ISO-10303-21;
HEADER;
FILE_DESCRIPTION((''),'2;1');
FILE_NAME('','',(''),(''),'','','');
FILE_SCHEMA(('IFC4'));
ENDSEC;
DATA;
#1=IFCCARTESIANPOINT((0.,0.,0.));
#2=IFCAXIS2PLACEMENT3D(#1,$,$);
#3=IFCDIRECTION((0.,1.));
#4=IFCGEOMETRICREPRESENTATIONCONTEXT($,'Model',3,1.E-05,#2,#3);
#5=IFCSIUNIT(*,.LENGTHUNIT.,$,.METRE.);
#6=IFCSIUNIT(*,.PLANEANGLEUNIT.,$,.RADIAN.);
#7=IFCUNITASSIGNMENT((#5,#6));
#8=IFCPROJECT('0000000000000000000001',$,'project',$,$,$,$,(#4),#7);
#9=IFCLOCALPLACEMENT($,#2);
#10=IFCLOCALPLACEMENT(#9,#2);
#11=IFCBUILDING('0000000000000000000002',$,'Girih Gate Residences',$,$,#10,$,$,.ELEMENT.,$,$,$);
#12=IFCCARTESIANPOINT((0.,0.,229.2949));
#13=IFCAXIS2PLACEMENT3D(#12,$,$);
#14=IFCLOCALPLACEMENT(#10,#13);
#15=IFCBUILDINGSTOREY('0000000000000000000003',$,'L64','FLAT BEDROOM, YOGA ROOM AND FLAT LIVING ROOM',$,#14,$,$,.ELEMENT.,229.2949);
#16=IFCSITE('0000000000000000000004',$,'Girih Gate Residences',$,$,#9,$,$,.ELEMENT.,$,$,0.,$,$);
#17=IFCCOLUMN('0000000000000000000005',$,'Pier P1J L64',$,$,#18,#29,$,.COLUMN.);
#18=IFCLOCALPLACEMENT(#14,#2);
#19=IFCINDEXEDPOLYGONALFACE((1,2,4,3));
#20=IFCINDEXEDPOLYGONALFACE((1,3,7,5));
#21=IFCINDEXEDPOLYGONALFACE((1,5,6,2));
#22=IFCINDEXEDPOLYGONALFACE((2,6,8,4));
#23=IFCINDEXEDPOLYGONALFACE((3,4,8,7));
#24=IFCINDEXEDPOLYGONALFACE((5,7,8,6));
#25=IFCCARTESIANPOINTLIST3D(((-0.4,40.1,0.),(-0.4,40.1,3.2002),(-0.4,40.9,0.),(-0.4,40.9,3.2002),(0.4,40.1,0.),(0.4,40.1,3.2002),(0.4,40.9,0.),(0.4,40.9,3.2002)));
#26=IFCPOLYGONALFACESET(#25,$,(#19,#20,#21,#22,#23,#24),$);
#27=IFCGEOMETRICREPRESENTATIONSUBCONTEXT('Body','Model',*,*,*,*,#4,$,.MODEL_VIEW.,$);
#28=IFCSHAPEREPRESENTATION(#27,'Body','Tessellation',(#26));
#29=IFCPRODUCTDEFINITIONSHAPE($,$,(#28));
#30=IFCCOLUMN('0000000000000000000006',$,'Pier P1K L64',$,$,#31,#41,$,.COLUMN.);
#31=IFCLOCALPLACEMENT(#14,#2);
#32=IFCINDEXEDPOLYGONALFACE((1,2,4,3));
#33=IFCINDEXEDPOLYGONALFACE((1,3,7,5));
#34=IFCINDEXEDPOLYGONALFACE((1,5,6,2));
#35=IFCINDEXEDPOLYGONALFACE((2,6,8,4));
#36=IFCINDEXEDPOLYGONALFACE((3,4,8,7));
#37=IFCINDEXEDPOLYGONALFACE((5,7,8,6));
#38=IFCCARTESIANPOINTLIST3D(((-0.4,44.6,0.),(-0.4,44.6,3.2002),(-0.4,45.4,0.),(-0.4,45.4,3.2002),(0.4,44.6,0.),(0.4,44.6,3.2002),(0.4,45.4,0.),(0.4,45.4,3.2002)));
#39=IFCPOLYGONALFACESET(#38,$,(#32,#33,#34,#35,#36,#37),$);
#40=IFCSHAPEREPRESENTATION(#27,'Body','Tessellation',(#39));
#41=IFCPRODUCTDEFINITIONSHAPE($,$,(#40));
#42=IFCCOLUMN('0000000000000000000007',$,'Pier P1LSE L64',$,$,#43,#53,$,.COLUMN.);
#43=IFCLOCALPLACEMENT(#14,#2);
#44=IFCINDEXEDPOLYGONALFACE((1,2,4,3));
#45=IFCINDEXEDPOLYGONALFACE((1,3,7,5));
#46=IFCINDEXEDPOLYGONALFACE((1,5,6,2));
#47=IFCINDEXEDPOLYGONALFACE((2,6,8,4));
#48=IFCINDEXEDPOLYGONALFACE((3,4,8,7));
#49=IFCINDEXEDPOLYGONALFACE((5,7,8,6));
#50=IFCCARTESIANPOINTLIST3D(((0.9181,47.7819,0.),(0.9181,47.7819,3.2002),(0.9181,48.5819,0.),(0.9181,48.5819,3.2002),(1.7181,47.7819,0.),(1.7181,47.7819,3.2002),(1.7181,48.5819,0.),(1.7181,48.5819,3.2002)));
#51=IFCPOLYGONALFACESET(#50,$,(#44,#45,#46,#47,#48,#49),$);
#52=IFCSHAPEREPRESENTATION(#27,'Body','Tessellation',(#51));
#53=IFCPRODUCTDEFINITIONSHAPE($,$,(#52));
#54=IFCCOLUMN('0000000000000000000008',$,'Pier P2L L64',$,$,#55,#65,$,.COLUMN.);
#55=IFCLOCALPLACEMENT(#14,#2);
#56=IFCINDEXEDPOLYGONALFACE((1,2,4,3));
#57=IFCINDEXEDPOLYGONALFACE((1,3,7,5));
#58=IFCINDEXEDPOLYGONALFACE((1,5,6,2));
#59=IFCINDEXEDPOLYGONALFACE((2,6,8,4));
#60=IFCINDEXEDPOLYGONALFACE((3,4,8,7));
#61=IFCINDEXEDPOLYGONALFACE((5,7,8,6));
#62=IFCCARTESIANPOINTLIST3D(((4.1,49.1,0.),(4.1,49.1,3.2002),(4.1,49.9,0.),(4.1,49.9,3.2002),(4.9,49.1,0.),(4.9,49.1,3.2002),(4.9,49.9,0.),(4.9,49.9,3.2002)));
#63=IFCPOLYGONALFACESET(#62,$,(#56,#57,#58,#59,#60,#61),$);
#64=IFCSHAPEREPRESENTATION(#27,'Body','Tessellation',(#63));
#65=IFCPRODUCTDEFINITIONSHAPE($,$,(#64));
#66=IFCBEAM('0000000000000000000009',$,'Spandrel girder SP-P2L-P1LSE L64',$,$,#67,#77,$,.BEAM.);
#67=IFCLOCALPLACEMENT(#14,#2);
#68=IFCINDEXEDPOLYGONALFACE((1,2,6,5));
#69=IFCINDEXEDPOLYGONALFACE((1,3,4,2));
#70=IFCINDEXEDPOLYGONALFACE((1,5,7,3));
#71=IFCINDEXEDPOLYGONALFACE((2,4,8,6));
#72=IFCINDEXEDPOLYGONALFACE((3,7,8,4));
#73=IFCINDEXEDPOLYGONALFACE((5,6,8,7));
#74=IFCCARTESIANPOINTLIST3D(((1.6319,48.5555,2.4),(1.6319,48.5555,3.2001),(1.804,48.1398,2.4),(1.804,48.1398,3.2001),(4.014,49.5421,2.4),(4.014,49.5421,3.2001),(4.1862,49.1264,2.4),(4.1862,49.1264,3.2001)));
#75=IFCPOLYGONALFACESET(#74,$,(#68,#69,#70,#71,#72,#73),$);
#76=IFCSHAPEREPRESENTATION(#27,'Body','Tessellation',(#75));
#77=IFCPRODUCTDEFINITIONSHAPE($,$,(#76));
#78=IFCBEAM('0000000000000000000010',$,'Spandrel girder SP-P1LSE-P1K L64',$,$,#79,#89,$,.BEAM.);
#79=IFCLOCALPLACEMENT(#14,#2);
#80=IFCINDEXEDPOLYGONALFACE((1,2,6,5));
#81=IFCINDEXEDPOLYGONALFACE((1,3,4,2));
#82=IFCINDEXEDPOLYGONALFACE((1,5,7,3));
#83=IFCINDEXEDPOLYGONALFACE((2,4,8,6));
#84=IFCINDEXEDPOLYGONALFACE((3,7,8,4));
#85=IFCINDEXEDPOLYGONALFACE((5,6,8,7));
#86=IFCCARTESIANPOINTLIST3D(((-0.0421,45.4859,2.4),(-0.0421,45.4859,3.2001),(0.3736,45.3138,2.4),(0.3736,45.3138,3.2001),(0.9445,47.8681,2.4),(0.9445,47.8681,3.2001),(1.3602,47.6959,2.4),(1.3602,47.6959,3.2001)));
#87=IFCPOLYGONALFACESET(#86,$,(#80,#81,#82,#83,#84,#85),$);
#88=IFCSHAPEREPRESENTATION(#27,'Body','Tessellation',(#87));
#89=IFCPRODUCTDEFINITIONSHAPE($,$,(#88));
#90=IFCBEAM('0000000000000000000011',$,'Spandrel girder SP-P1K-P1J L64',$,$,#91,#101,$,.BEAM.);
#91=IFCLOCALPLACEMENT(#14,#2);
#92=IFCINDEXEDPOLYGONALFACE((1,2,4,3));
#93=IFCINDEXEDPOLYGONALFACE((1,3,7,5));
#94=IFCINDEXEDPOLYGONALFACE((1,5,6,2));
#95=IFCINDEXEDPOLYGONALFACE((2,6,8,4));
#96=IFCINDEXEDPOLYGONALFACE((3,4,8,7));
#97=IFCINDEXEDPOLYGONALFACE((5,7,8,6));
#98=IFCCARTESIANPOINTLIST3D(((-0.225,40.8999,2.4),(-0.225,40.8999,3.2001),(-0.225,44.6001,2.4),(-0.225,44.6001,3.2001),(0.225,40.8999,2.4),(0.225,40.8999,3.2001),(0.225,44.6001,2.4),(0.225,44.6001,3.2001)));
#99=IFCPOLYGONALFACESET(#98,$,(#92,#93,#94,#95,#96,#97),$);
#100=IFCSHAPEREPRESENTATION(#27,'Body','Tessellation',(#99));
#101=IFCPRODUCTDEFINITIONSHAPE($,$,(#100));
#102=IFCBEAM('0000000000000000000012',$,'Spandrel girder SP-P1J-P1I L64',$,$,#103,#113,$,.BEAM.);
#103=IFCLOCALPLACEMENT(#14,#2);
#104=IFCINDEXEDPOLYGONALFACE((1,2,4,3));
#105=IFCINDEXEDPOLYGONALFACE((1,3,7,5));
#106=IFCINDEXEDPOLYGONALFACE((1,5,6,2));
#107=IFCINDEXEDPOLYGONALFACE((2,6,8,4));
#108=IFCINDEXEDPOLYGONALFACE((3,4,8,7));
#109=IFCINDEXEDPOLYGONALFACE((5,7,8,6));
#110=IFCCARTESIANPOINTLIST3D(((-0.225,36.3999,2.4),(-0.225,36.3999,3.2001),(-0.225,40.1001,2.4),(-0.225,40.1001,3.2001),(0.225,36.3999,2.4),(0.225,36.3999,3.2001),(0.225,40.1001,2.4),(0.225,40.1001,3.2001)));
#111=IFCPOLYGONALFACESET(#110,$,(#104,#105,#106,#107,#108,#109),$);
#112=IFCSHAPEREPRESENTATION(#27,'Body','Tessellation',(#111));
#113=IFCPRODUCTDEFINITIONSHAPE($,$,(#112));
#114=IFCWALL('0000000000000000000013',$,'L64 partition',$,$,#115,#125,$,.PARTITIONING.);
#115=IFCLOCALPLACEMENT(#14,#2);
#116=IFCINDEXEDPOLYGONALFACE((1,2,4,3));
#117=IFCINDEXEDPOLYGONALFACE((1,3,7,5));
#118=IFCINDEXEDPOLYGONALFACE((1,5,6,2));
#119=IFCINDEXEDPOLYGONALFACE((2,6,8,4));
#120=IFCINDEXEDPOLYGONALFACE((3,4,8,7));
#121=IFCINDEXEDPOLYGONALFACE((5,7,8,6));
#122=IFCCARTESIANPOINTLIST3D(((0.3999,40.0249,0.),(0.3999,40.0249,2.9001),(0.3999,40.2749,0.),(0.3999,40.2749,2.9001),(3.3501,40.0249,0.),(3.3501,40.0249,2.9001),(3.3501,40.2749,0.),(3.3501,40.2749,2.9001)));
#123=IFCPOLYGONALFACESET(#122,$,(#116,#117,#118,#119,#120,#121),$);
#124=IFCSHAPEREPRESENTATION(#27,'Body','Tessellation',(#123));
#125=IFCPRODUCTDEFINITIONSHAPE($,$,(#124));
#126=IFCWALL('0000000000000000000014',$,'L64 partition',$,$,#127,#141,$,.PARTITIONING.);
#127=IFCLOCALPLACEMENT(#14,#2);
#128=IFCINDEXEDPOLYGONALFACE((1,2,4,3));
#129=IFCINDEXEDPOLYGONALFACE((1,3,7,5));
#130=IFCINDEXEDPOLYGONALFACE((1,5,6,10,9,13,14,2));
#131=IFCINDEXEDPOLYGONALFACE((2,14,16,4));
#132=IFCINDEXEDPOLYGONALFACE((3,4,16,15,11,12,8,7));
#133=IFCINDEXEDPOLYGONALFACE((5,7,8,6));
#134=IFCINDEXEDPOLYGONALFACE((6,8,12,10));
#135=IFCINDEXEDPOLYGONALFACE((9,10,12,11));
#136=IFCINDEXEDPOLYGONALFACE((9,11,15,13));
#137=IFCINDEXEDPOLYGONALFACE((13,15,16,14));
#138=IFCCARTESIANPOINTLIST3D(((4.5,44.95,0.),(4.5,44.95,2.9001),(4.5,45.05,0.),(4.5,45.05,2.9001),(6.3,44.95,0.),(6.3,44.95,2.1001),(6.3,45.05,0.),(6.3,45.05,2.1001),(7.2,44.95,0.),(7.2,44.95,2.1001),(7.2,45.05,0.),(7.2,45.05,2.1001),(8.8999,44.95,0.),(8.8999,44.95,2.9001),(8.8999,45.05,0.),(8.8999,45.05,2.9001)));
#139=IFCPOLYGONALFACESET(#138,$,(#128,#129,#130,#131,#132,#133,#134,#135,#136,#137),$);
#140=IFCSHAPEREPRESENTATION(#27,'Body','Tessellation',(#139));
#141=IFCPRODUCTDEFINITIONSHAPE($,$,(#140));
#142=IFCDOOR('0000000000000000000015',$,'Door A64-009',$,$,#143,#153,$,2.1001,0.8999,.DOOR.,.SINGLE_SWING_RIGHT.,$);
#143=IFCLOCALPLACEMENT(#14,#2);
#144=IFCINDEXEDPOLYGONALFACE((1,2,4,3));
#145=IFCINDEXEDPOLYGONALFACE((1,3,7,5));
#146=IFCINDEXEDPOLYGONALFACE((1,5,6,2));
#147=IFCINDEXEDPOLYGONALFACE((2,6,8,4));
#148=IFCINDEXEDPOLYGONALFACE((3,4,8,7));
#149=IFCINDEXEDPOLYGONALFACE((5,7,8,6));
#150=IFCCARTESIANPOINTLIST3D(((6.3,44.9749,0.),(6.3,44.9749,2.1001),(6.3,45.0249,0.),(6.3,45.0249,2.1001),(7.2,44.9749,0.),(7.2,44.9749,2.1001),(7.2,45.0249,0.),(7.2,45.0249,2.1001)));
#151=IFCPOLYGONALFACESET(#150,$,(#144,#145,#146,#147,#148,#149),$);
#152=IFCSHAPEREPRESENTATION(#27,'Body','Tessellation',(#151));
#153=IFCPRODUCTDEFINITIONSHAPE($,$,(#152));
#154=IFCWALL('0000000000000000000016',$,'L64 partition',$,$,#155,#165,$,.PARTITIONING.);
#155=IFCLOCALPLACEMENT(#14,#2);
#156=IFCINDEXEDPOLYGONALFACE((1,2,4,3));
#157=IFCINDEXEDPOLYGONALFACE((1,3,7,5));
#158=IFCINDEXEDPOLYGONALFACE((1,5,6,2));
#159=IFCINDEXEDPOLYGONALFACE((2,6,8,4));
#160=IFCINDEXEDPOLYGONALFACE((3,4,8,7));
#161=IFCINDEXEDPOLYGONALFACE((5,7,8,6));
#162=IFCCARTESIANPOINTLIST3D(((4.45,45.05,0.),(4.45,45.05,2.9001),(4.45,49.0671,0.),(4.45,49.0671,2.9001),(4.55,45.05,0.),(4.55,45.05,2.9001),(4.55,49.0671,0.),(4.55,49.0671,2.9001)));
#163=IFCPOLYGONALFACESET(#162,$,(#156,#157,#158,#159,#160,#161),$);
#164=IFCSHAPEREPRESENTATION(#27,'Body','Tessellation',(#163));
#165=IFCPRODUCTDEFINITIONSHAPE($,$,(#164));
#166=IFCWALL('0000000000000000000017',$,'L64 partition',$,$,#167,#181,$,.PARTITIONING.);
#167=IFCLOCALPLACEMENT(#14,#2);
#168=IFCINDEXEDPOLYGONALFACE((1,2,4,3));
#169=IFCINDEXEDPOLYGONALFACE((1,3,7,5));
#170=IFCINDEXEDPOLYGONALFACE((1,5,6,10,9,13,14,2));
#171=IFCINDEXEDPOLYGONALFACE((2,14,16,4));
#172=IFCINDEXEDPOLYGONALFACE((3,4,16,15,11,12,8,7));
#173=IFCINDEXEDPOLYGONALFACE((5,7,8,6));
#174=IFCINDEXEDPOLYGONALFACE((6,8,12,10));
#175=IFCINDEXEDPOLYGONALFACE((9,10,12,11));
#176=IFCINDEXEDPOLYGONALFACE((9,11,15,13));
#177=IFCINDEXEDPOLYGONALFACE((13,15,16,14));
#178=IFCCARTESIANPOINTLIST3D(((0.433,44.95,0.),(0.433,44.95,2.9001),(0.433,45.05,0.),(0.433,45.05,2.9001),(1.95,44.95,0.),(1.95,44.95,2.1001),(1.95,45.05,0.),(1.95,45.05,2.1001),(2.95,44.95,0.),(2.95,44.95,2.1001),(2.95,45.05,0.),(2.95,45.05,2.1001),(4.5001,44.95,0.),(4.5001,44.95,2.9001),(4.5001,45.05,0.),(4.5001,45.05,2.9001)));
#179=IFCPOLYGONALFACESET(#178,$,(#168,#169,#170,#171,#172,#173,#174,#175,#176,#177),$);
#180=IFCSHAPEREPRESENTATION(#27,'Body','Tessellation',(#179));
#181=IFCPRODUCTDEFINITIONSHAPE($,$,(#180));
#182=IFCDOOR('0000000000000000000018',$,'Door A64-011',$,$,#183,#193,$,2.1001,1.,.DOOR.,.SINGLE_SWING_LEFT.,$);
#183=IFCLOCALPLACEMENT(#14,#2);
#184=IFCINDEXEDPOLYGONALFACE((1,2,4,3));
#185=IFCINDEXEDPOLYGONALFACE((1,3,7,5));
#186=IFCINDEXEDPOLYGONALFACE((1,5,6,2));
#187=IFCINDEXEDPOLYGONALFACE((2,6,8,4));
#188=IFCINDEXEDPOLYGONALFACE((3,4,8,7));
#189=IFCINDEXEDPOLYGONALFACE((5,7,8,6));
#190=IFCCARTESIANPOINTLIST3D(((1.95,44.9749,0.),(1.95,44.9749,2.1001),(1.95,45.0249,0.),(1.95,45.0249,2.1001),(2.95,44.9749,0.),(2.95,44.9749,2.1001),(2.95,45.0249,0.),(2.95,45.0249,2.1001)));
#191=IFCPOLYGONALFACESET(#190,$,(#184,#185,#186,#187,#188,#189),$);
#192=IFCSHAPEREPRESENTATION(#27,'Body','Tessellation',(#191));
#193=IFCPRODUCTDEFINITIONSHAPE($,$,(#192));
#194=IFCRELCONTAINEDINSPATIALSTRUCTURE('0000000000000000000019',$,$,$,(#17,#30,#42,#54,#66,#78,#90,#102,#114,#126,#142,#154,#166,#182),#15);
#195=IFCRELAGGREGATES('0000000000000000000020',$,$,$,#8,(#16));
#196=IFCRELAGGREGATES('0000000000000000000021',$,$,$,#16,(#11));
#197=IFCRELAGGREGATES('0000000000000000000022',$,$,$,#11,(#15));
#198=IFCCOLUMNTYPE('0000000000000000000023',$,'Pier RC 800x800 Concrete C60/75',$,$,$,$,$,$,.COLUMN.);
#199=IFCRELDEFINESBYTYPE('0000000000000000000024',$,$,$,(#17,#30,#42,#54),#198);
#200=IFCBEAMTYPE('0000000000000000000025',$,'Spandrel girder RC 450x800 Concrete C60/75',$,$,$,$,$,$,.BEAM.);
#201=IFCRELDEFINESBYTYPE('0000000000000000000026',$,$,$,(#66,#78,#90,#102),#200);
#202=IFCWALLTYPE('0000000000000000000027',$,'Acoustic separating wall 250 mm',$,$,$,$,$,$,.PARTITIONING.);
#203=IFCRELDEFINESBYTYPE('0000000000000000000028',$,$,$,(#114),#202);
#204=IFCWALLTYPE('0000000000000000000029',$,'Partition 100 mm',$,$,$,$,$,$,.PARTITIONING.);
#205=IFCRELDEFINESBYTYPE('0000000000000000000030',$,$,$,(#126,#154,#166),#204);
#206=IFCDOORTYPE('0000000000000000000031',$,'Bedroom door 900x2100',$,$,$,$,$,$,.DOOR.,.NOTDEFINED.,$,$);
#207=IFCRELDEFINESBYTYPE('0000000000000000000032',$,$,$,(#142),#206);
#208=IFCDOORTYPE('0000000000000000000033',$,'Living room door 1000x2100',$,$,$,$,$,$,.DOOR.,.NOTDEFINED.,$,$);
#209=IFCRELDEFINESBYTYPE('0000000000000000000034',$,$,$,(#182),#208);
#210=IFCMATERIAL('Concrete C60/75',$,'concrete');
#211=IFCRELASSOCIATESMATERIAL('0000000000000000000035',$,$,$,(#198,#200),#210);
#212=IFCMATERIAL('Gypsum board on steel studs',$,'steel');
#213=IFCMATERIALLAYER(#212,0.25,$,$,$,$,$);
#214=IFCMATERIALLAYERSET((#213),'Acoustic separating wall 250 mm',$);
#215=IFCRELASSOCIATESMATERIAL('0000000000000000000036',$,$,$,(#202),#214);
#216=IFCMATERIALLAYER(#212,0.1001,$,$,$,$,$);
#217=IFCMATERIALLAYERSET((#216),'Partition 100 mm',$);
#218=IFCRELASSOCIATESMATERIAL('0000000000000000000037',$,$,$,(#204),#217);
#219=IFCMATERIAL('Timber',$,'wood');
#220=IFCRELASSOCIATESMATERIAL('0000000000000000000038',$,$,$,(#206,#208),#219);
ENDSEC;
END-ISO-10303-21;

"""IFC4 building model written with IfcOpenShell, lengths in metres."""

from ifc_helpers import new_model, si_unit, direction, frame, frame_2d, origin, origin_2d, place, context, subcontext, project, spatial, rectangle, extrude, material, layer, layer_set, material_profile, profile_set, type_object, element, fill, save


model = new_model("IFC4")

# Units and contexts
model_context = context("Model", 3, precision=1e-05, world=origin(), true_north=direction((0.0, 1.0)))
body_context = subcontext(model_context, "Body", "Model", "MODEL_VIEW")
ifc_project = project(units=[si_unit("LENGTHUNIT", "METRE"), si_unit("PLANEANGLEUNIT", "RADIAN")], contexts=[model_context])

# Site, building, storey
site_placement = place(None, origin())
site = spatial("IfcSite", under=ifc_project, at=site_placement, Name="Girih Gate Residences", CompositionType="ELEMENT", RefElevation=0.0)
building_placement = place(site_placement, origin())
building = spatial("IfcBuilding", under=site, at=building_placement, Name="Girih Gate Residences", CompositionType="ELEMENT")
storey_placement = place(building_placement, frame((0.0, 0.0, 229.2949)))
storey = spatial("IfcBuildingStorey", under=building, at=storey_placement, Name="L64", Description="FLAT BEDROOM, YOGA ROOM AND FLAT LIVING ROOM", CompositionType="ELEMENT", Elevation=229.2949)

# Columns
ifc_material_1 = material(Name="Concrete C60/75", Category="concrete")
ifc_material_profile_1 = material_profile(ifc_material_1, rectangle(XDim=0.8, YDim=0.8, at=origin_2d()))
ifc_profile_set_1 = profile_set([ifc_material_profile_1], Name="Concrete C60/75")
column_type = type_object("IfcColumnType", Name="Pier RC 800x800 Concrete C60/75", PredefinedType="COLUMN", material=ifc_profile_set_1)
for number, where, z_axis, x_axis, name in (
    (1, (0.0, 40.5, 0.0), (0.0, 0.0, 1.0), (1.0, 0.0, 0.0), "Pier P1J L64"),
    (2, (0.0, 45.0, 0.0), (0.0, 0.0, 1.0), (1.0, 0.0, 0.0), "Pier P1K L64"),
    (3, (1.3181, 48.1819, 0.0), (0.0, 0.0, 1.0), (1.0, 0.0, 0.0), "Pier P1LSE L64"),
    (4, (4.5, 49.5, 0.0), (0.0, 0.0, 1.0), (1.0, 0.0, 0.0), "Pier P2L L64"),
):
    element("IfcColumn", number, at=place(storey_placement, frame(where, z_axis=z_axis, x_axis=x_axis)), inside=storey, type_object=column_type, Name=name, PredefinedType="COLUMN", context=body_context, shape_type="SweptSolid", body=[
        extrude(rectangle(XDim=0.8, YDim=0.8, at=origin_2d()), origin(), (0.0, 0.0, 1.0), 3.2002),
    ])

# Beams
ifc_material_profile_2 = material_profile(ifc_material_1, rectangle(XDim=0.45, YDim=0.8, at=origin_2d()))
ifc_profile_set_2 = profile_set([ifc_material_profile_2], Name="Concrete C60/75")
beam_type = type_object("IfcBeamType", Name="Spandrel girder RC 450x800 Concrete C60/75", PredefinedType="BEAM", material=ifc_profile_set_2)
for number, where, z_axis, x_axis, name in (
    (5, (4.1001, 49.3342, 2.8), (-0.923896, -0.382644, 0.0), (0.382644, -0.923896, 0.0), "Spandrel girder SP-P2L-P1LSE L64"),
    (6, (1.1523, 47.782, 2.8), (-0.382644, -0.923896, 0.0), (0.923896, -0.382644, 0.0), "Spandrel girder SP-P1LSE-P1K L64"),
):
    element("IfcBeam", number, at=place(storey_placement, frame(where, z_axis=z_axis, x_axis=x_axis)), inside=storey, type_object=beam_type, Name=name, PredefinedType="BEAM", context=body_context, shape_type="SweptSolid", body=[
        extrude(rectangle(XDim=0.45, YDim=0.8, at=origin_2d()), origin(), (0.0, 0.0, 1.0), 2.5784),
    ])
for number, where, z_axis, x_axis, name in (
    (7, (0.0, 44.6001, 2.8), (0.0, -1.0, 0.0), (1.0, 0.0, 0.0), "Spandrel girder SP-P1K-P1J L64"),
    (8, (0.0, 40.1001, 2.8), (0.0, -1.0, 0.0), (1.0, 0.0, 0.0), "Spandrel girder SP-P1J-P1I L64"),
):
    element("IfcBeam", number, at=place(storey_placement, frame(where, z_axis=z_axis, x_axis=x_axis)), inside=storey, type_object=beam_type, Name=name, PredefinedType="BEAM", context=body_context, shape_type="SweptSolid", body=[
        extrude(rectangle(XDim=0.45, YDim=0.8, at=origin_2d()), origin(), (0.0, 0.0, 1.0), 3.7002),
    ])

# Wall
ifc_material_2 = material(Name="Gypsum board on steel studs", Category="steel")
ifc_layer_1 = layer(ifc_material_2, 0.25)
ifc_layer_set_1 = layer_set([ifc_layer_1], Name="Acoustic separating wall 250 mm")
wall_type_1 = type_object("IfcWallType", Name="Acoustic separating wall 250 mm", PredefinedType="PARTITIONING", material=ifc_layer_set_1)
wall_1_placement = place(storey_placement, frame((0.3999, 40.1499, 0.0), z_axis=(0.0, 0.0, 1.0), x_axis=(1.0, 0.0, 0.0)))
element("IfcWall", 9, at=wall_1_placement, inside=storey, type_object=wall_type_1, Name="L64 partition", PredefinedType="PARTITIONING", context=body_context, shape_type="SweptSolid", body=[
    extrude(rectangle(XDim=2.9502, YDim=0.25, at=frame_2d((1.4751, 0.0))), origin(), (0.0, 0.0, 1.0), 2.9001),
])

# Wall, opening, door
ifc_layer_2 = layer(ifc_material_2, 0.1001)
ifc_layer_set_2 = layer_set([ifc_layer_2], Name="Partition 100 mm")
wall_type_2 = type_object("IfcWallType", Name="Partition 100 mm", PredefinedType="PARTITIONING", material=ifc_layer_set_2)
wall_2_placement = place(storey_placement, frame((4.5, 45.0, 0.0), z_axis=(0.0, 0.0, 1.0), x_axis=(1.0, 0.0, 0.0)))
wall_2 = element("IfcWall", 10, at=wall_2_placement, inside=storey, type_object=wall_type_2, Name="L64 partition", PredefinedType="PARTITIONING", context=body_context, shape_type="SweptSolid", body=[
    extrude(rectangle(XDim=4.3999, YDim=0.1001, at=frame_2d((2.2, 0.0))), origin(), (0.0, 0.0, 1.0), 2.9001),
])
opening_1_placement = place(wall_2_placement, frame((1.8, 0.0, 0.0)))
opening_1 = element("IfcOpeningElement", 11, at=opening_1_placement, cuts=wall_2, PredefinedType="OPENING", context=body_context, shape_type="SweptSolid", body=[
    extrude(rectangle(XDim=0.8999, YDim=2.1001, at=frame_2d((0.45, 1.05))), frame((0.0, 0.0601, 0.0), z_axis=(0.0, -1.0, 0.0), x_axis=(1.0, 0.0, 0.0)), (0.0, 0.0, 1.0), 0.1201),
])
ifc_material_3 = material(Name="Timber", Category="wood")
door_type_1 = type_object("IfcDoorType", Name="Bedroom door 900x2100", OperationType="NOTDEFINED", PredefinedType="DOOR", material=ifc_material_3)
door_1_placement = place(opening_1_placement, origin())
door_1 = element("IfcDoor", 12, at=door_1_placement, inside=storey, type_object=door_type_1, Name="Door A64-009", OperationType="SINGLE_SWING_RIGHT", OverallHeight=2.1001, OverallWidth=0.8999, PredefinedType="DOOR", context=body_context, shape_type="SweptSolid", body=[
    extrude(rectangle(XDim=0.8999, YDim=2.1001, at=frame_2d((0.45, 1.05))), frame((0.0, 0.0249, 0.0), z_axis=(0.0, -1.0, 0.0), x_axis=(1.0, 0.0, 0.0)), (0.0, 0.0, 1.0), 0.05),
])
fill(opening_1, door_1)

# Wall
wall_3_placement = place(storey_placement, frame((4.5, 45.05, 0.0), z_axis=(0.0, 0.0, 1.0), x_axis=(0.0, 1.0, 0.0)))
element("IfcWall", 13, at=wall_3_placement, inside=storey, type_object=wall_type_2, Name="L64 partition", PredefinedType="PARTITIONING", context=body_context, shape_type="SweptSolid", body=[
    extrude(rectangle(XDim=4.0171, YDim=0.1001, at=frame_2d((2.0085, 0.0))), origin(), (0.0, 0.0, 1.0), 2.9001),
])

# Wall, opening, door
wall_4_placement = place(storey_placement, frame((0.4329, 45.0, 0.0), z_axis=(0.0, 0.0, 1.0), x_axis=(1.0, 0.0, 0.0)))
wall_4 = element("IfcWall", 14, at=wall_4_placement, inside=storey, type_object=wall_type_2, Name="L64 partition", PredefinedType="PARTITIONING", context=body_context, shape_type="SweptSolid", body=[
    extrude(rectangle(XDim=4.0671, YDim=0.1001, at=frame_2d((2.0337, 0.0))), origin(), (0.0, 0.0, 1.0), 2.9001),
])
opening_2_placement = place(wall_4_placement, frame((1.5171, 0.0, 0.0)))
opening_2 = element("IfcOpeningElement", 15, at=opening_2_placement, cuts=wall_4, PredefinedType="OPENING", context=body_context, shape_type="SweptSolid", body=[
    extrude(rectangle(XDim=1.0, YDim=2.1001, at=frame_2d((0.5, 1.05))), frame((0.0, 0.0601, 0.0), z_axis=(0.0, -1.0, 0.0), x_axis=(1.0, 0.0, 0.0)), (0.0, 0.0, 1.0), 0.1201),
])
door_type_2 = type_object("IfcDoorType", Name="Living room door 1000x2100", OperationType="NOTDEFINED", PredefinedType="DOOR", material=ifc_material_3)
door_2_placement = place(opening_2_placement, origin())
door_2 = element("IfcDoor", 16, at=door_2_placement, inside=storey, type_object=door_type_2, Name="Door A64-011", OperationType="SINGLE_SWING_LEFT", OverallHeight=2.1001, OverallWidth=1.0, PredefinedType="DOOR", context=body_context, shape_type="SweptSolid", body=[
    extrude(rectangle(XDim=1.0, YDim=2.1001, at=frame_2d((0.5, 1.05))), frame((0.0, 0.0249, 0.0), z_axis=(0.0, -1.0, 0.0), x_axis=(1.0, 0.0, 0.0)), (0.0, 0.0, 1.0), 0.05),
])
fill(opening_2, door_2)

save(model, "model.ifc")
